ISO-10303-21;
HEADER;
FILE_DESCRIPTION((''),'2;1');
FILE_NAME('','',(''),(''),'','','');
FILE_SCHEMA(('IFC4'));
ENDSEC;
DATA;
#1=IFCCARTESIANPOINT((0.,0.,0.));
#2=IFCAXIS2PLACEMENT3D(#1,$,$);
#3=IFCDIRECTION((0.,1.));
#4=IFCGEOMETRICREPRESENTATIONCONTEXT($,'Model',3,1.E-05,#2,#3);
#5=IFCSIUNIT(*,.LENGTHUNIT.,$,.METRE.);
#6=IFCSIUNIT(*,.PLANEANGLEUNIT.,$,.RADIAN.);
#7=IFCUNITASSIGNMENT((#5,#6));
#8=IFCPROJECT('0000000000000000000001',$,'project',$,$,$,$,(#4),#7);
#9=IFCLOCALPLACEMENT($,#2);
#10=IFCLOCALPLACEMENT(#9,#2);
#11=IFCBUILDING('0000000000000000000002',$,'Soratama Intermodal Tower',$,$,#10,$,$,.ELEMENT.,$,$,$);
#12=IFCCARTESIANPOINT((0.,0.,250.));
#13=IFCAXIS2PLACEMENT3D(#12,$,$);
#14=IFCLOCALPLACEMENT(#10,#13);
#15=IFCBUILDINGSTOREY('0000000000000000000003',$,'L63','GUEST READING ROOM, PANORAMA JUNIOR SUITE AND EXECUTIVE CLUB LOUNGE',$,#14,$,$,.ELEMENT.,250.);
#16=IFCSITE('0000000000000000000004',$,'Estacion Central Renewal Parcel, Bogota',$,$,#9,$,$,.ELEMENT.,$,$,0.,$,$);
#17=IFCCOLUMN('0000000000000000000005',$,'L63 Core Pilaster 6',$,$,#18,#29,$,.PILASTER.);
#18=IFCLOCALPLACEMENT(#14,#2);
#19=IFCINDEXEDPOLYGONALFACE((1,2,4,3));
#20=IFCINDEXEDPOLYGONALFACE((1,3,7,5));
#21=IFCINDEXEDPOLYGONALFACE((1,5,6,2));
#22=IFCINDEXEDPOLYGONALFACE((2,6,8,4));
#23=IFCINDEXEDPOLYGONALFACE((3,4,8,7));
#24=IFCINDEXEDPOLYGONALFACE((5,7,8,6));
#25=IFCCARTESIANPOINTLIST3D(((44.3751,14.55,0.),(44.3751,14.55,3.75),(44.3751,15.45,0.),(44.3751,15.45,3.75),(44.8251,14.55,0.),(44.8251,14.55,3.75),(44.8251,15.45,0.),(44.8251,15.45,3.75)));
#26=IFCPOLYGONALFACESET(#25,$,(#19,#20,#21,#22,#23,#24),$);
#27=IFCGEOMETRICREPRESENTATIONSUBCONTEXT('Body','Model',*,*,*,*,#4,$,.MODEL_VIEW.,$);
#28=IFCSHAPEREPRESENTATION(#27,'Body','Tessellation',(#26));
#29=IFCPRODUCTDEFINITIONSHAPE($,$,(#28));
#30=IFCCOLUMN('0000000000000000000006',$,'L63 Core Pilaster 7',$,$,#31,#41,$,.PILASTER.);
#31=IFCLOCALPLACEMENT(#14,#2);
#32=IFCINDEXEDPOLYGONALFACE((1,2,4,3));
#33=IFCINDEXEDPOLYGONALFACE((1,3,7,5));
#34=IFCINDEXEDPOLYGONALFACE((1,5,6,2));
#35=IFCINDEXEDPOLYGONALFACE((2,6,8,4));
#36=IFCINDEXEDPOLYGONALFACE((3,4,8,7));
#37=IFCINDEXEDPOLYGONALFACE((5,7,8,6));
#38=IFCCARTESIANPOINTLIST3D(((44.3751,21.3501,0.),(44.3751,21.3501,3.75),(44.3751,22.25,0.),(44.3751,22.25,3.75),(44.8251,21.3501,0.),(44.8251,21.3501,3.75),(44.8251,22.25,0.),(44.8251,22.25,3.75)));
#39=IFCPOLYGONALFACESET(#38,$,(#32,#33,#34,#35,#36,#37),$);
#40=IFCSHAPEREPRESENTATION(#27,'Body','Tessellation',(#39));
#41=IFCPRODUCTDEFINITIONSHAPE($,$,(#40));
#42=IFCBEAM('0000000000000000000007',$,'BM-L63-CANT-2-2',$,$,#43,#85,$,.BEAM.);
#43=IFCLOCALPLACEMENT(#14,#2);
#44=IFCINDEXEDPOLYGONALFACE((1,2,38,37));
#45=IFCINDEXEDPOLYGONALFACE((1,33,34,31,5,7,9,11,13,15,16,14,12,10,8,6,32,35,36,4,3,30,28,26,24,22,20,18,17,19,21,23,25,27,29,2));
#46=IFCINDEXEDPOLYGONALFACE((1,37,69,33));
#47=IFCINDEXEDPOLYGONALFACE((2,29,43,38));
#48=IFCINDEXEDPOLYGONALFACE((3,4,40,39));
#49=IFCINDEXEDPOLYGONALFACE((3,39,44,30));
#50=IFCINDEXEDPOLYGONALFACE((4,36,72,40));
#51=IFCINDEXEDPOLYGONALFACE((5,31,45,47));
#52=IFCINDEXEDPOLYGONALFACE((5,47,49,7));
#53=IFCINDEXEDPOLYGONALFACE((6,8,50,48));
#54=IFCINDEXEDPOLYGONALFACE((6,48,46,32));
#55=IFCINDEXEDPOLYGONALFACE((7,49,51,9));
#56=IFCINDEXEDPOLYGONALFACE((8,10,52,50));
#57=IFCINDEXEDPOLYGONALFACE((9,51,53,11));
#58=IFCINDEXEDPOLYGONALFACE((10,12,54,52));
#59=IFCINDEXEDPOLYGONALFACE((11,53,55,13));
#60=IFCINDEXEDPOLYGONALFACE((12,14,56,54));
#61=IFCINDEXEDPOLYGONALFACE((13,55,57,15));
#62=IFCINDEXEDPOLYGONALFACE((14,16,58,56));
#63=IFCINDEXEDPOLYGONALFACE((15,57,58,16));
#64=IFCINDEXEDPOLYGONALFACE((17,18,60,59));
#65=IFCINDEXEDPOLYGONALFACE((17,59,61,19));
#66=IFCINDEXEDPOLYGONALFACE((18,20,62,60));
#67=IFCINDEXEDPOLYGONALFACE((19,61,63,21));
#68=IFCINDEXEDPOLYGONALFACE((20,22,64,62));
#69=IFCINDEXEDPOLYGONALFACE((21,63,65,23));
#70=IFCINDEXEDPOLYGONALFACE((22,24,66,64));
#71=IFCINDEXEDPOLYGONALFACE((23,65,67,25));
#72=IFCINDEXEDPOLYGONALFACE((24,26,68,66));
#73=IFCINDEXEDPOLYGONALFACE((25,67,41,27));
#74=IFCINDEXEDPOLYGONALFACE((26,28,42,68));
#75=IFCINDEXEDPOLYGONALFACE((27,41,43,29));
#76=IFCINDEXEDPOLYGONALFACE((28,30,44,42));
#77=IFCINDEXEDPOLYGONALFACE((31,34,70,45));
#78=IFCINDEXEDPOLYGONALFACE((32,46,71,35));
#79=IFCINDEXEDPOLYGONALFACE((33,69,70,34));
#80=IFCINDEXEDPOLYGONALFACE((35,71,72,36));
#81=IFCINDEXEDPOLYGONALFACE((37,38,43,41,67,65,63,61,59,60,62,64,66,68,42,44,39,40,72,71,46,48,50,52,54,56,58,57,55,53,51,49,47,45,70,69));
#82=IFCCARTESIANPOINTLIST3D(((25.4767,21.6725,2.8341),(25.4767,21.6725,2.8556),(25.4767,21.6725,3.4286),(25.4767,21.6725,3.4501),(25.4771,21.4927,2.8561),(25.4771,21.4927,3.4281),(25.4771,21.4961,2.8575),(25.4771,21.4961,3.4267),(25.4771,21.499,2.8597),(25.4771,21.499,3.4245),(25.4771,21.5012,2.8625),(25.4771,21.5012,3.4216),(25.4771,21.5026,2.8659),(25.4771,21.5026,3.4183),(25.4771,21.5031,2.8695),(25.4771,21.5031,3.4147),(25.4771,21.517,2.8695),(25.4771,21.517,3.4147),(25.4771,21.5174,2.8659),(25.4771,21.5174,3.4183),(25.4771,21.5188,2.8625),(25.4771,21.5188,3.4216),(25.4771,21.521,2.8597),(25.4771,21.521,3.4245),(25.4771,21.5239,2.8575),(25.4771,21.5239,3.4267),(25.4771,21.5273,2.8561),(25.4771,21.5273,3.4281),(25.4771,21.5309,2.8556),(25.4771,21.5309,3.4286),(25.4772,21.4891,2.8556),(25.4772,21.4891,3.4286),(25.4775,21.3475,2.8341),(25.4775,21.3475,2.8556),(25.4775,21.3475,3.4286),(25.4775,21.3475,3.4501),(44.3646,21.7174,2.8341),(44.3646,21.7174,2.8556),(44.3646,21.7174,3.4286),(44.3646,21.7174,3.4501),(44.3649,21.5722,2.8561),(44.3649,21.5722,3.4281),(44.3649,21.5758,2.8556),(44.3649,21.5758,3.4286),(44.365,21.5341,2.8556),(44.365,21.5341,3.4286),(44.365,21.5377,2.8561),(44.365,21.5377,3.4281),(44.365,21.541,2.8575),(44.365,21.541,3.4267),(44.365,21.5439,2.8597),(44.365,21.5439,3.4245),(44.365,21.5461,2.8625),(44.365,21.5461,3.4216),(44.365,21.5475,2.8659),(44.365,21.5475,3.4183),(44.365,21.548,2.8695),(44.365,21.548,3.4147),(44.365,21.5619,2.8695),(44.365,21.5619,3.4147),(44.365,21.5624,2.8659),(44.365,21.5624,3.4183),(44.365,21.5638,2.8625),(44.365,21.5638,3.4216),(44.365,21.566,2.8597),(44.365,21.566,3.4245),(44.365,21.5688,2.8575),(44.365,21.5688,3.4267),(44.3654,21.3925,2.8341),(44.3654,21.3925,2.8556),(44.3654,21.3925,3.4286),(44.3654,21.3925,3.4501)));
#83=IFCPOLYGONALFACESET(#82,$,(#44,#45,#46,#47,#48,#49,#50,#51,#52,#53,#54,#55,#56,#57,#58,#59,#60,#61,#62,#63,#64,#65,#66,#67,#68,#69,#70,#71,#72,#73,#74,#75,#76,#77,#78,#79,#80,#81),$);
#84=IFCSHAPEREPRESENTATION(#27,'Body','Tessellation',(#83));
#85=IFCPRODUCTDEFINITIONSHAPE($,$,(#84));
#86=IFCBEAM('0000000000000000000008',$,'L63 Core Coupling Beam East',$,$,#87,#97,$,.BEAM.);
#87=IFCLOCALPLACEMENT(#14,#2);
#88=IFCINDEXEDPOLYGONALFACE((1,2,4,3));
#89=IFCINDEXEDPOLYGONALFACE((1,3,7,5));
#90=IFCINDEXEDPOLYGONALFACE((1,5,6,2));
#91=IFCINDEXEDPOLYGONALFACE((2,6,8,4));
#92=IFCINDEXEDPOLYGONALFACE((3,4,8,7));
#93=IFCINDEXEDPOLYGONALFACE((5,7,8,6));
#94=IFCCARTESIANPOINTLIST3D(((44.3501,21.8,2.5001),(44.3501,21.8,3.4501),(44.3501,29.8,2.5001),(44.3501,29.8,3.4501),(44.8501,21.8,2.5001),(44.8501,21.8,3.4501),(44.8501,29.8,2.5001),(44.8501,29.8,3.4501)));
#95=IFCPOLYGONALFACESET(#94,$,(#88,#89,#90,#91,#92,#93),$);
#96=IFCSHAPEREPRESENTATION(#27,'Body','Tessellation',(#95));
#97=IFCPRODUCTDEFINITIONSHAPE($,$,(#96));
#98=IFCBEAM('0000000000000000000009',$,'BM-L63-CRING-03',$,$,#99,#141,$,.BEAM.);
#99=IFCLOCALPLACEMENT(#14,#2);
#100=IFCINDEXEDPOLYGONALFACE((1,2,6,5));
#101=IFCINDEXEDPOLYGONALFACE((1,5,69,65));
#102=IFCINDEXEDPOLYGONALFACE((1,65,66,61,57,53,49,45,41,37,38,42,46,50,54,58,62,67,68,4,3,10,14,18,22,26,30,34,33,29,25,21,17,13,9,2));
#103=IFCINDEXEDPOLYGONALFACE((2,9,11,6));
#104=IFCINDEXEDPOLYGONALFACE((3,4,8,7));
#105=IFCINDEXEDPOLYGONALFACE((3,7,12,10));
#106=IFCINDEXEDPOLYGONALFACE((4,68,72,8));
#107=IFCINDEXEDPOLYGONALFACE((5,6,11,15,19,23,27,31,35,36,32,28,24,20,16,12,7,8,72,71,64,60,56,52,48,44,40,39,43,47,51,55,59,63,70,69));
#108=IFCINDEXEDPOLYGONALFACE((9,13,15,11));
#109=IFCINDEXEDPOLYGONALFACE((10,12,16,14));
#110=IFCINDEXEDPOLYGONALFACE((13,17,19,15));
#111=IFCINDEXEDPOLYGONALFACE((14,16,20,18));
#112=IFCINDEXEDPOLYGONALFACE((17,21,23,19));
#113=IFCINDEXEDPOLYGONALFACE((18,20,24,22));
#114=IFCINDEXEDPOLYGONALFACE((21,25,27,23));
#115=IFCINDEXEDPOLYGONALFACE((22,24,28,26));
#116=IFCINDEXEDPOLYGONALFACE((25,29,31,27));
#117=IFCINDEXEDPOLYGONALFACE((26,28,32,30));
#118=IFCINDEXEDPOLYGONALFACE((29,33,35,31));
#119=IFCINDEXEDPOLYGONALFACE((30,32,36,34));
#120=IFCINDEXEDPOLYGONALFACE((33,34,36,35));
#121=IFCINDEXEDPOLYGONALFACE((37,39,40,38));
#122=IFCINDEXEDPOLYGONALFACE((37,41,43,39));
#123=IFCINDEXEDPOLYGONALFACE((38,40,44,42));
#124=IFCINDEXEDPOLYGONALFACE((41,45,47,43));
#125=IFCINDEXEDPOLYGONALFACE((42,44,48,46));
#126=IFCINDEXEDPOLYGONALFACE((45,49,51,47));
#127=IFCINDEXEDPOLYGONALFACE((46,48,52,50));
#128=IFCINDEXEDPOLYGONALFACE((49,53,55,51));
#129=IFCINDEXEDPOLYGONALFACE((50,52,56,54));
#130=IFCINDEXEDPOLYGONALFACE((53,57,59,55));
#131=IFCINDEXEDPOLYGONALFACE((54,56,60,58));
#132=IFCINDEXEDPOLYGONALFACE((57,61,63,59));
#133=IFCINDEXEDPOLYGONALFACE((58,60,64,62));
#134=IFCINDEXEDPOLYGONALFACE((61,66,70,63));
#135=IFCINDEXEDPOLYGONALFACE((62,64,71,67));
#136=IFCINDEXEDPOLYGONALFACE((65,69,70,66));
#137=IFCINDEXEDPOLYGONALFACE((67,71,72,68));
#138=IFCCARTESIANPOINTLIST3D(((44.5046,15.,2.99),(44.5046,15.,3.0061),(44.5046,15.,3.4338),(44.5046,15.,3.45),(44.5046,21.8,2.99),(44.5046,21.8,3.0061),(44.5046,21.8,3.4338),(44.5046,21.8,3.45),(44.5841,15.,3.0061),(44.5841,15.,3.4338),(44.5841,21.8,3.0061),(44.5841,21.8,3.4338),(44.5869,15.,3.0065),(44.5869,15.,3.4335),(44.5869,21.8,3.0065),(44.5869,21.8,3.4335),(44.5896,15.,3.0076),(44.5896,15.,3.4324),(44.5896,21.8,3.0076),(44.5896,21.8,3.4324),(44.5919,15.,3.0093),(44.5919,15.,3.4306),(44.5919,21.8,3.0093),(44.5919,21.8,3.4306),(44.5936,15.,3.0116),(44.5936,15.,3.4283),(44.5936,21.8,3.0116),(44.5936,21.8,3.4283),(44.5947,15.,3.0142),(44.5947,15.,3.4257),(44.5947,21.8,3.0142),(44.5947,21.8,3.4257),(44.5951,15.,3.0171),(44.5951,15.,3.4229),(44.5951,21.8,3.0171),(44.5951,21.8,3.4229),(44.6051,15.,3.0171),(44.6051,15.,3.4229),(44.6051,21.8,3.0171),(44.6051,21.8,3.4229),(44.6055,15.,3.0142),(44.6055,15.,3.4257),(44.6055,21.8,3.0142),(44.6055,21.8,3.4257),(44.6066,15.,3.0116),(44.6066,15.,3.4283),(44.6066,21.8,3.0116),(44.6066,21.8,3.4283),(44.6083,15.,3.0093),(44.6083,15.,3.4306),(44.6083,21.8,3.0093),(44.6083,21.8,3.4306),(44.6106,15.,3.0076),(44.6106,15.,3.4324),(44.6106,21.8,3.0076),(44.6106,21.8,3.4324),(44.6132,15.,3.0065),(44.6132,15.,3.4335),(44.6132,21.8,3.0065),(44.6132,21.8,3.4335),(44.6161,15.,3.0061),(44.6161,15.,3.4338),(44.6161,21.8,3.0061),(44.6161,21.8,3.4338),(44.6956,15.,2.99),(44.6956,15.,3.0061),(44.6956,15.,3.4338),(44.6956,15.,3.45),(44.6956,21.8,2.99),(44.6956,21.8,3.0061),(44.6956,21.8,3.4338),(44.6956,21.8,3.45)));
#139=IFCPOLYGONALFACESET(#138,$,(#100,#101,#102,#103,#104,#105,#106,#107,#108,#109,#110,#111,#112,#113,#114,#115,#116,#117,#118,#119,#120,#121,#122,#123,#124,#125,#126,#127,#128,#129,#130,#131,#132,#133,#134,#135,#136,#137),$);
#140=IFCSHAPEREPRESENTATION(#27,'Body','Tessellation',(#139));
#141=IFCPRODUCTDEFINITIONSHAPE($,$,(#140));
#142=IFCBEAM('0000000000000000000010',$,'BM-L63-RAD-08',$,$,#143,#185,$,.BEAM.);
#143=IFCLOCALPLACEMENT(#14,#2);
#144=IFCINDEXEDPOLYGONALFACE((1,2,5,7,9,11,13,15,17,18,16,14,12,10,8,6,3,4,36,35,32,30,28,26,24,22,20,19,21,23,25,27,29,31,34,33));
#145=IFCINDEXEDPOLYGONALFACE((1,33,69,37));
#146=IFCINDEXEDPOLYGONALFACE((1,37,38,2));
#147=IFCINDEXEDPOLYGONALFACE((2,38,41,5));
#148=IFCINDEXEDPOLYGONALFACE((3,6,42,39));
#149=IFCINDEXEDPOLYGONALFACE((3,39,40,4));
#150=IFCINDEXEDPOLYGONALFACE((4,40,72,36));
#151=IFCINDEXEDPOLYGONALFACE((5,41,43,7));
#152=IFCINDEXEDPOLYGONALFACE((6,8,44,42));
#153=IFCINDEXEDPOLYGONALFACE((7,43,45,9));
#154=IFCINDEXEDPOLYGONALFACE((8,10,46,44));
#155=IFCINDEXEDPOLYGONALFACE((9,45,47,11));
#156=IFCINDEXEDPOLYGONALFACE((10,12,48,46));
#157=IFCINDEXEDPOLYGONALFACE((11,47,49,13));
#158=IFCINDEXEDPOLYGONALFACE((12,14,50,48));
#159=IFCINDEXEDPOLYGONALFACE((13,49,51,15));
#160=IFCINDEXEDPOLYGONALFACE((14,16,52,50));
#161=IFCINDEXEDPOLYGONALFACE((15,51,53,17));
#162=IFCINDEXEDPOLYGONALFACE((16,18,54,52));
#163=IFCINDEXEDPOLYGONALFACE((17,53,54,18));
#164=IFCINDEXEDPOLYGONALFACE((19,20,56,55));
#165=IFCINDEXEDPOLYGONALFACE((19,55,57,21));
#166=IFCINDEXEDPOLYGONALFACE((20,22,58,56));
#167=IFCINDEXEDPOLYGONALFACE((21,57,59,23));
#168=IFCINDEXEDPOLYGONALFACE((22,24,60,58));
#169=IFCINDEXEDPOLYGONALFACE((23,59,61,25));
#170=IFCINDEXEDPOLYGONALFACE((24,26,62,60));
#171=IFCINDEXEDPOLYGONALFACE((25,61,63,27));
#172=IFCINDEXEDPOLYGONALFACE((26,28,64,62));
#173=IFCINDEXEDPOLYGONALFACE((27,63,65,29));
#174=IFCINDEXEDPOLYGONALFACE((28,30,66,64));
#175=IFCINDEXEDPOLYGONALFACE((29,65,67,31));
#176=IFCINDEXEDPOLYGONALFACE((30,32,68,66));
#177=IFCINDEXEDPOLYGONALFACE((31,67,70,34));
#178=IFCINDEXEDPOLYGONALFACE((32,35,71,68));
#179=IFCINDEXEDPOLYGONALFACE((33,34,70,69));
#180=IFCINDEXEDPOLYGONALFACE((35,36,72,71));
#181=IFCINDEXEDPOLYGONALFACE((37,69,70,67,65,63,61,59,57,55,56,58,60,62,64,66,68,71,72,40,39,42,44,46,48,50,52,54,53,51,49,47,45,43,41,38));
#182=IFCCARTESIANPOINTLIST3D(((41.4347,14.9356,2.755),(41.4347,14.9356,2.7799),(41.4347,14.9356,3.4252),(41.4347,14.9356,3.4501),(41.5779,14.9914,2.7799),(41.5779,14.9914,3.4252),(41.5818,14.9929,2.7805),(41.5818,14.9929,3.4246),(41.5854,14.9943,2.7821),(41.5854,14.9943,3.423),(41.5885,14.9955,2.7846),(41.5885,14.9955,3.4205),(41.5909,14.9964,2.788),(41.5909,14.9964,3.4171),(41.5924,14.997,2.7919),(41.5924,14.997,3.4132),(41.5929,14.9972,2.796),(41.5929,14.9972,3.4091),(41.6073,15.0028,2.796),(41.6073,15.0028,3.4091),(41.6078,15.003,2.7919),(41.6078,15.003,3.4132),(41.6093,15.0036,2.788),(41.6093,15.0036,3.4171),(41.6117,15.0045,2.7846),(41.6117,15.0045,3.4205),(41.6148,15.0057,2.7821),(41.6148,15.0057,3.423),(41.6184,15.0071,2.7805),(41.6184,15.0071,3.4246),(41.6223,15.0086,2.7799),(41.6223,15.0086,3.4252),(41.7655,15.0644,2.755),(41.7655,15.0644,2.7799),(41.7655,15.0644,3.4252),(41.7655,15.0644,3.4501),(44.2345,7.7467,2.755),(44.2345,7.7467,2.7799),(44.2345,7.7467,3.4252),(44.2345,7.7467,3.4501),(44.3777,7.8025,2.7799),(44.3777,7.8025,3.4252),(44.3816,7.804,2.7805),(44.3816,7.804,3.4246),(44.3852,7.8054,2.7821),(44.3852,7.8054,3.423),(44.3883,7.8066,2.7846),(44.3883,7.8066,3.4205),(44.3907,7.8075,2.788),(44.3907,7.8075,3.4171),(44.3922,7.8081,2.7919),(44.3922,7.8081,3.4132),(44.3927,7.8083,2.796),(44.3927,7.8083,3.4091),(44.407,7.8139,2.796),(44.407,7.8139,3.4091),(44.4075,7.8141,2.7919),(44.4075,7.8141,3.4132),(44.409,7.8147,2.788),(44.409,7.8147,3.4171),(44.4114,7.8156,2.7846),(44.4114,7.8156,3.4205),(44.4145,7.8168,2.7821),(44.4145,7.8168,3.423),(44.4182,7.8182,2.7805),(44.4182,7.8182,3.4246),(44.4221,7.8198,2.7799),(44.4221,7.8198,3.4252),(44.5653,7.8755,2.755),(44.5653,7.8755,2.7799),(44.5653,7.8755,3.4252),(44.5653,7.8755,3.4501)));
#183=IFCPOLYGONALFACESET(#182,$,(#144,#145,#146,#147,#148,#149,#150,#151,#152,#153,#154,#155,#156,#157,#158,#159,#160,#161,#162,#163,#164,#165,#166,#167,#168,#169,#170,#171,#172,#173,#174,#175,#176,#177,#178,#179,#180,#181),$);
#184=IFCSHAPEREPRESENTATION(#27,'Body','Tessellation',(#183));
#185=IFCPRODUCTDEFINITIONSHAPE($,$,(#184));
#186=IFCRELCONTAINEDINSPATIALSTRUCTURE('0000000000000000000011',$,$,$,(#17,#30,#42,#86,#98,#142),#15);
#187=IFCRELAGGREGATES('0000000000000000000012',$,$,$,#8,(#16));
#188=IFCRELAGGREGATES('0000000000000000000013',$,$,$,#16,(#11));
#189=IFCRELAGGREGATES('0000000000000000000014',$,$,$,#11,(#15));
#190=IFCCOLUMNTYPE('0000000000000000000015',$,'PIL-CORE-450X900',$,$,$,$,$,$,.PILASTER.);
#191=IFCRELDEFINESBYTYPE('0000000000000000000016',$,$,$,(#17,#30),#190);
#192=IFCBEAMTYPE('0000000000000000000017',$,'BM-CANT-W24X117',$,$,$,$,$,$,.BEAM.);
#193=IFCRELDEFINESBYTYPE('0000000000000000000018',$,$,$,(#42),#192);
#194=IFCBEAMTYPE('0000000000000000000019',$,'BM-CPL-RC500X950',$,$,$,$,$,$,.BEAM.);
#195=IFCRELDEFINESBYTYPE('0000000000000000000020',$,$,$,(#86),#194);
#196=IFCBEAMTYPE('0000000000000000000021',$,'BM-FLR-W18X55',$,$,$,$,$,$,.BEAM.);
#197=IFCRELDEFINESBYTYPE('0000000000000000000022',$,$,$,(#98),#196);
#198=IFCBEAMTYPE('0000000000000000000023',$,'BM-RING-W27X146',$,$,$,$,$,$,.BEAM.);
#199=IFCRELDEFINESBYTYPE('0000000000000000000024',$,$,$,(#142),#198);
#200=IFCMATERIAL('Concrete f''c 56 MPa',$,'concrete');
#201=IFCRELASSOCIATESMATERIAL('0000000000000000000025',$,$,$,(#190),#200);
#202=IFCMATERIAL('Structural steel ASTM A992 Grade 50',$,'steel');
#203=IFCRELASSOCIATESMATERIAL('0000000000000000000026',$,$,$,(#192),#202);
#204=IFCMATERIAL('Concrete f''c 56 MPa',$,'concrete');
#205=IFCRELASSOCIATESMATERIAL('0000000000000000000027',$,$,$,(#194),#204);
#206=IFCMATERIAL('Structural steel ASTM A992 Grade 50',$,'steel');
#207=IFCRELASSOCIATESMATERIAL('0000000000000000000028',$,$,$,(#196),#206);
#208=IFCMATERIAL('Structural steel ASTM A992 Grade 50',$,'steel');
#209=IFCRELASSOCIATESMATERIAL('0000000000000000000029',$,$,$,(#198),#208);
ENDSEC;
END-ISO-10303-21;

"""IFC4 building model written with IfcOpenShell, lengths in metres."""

from ifc_helpers import new_model, si_unit, direction, frame, origin, origin_2d, place, context, subcontext, project, spatial, rectangle, i_section, extrude, material, material_profile, profile_set, type_object, element, save


model = new_model("IFC4")

# Units and contexts
model_context = context("Model", 3, precision=1e-05, world=origin(), true_north=direction((0.0, 1.0)))
body_context = subcontext(model_context, "Body", "Model", "MODEL_VIEW")
ifc_project = project(units=[si_unit("LENGTHUNIT", "METRE"), si_unit("PLANEANGLEUNIT", "RADIAN")], contexts=[model_context])

# Site, building, storey
site_placement = place(None, origin())
site = spatial("IfcSite", under=ifc_project, at=site_placement, Name="Estacion Central Renewal Parcel, Bogota", CompositionType="ELEMENT", RefElevation=0.0)
building_placement = place(site_placement, origin())
building = spatial("IfcBuilding", under=site, at=building_placement, Name="Soratama Intermodal Tower", CompositionType="ELEMENT")
storey_placement = place(building_placement, frame((0.0, 0.0, 250.0)))
storey = spatial("IfcBuildingStorey", under=building, at=storey_placement, Name="L63", Description="GUEST READING ROOM, PANORAMA JUNIOR SUITE AND EXECUTIVE CLUB LOUNGE", CompositionType="ELEMENT", Elevation=250.0)

# Columns
ifc_material_1 = material(Name="Concrete f'c 56 MPa", Category="concrete")
ifc_material_profile_1 = material_profile(ifc_material_1, rectangle(XDim=0.45, YDim=0.8999, at=origin_2d()), Name="RC450X900")
ifc_profile_set_1 = profile_set([ifc_material_profile_1], Name="Concrete f'c 56 MPa")
column_type = type_object("IfcColumnType", Name="PIL-CORE-450X900", PredefinedType="PILASTER", material=ifc_profile_set_1)
for number, where, z_axis, x_axis, name in (
    (1, (44.6001, 15.0, 0.0), (0.0, 0.0, 1.0), (1.0, 0.0, 0.0), "L63 Core Pilaster 6"),
    (2, (44.6001, 21.8, 0.0), (0.0, 0.0, 1.0), (1.0, 0.0, 0.0), "L63 Core Pilaster 7"),
):
    element("IfcColumn", number, at=place(storey_placement, frame(where, z_axis=z_axis, x_axis=x_axis)), inside=storey, type_object=column_type, Name=name, PredefinedType="PILASTER", context=body_context, shape_type="SweptSolid", body=[
        extrude(rectangle(XDim=0.45, YDim=0.8999, at=origin_2d()), origin(), (0.0, 0.0, 1.0), 3.75),
    ])

# Beams
ifc_material_2 = material(Name="Structural steel ASTM A992 Grade 50", Category="steel")
ifc_material_profile_2 = material_profile(ifc_material_2, i_section(OverallWidth=0.325, OverallDepth=0.616, WebThickness=0.0139, FlangeThickness=0.0215, FilletRadius=0.0139, at=origin_2d()), Name="W24X117")
ifc_profile_set_2 = profile_set([ifc_material_profile_2], Name="Structural steel ASTM A992 Grade 50")
beam_type_1 = type_object("IfcBeamType", Name="BM-CANT-W24X117", PredefinedType="BEAM", material=ifc_profile_set_2)
beam_1_placement = place(storey_placement, frame((44.365, 21.5549, 3.1421), z_axis=(-0.999997, -0.002378, 0.0), x_axis=(0.002378, -0.999997, 0.0)))
element("IfcBeam", 3, at=beam_1_placement, inside=storey, type_object=beam_type_1, Name="BM-L63-CANT-2-2", PredefinedType="BEAM", context=body_context, shape_type="SweptSolid", body=[
    extrude(i_section(OverallWidth=0.325, OverallDepth=0.616, WebThickness=0.0139, FlangeThickness=0.0215, FilletRadius=0.0139, at=origin_2d()), origin(), (0.0, 0.0, 1.0), 18.8879),
])
ifc_material_3 = material(Name="Concrete f'c 56 MPa", Category="concrete")
ifc_material_profile_3 = material_profile(ifc_material_3, rectangle(XDim=0.5, YDim=0.95, at=origin_2d()), Name="RC500X950")
ifc_profile_set_3 = profile_set([ifc_material_profile_3], Name="Concrete f'c 56 MPa")
beam_type_2 = type_object("IfcBeamType", Name="BM-CPL-RC500X950", PredefinedType="BEAM", material=ifc_profile_set_3)
beam_2_placement = place(storey_placement, frame((44.6001, 21.8, 2.9751), z_axis=(0.0, 1.0, 0.0), x_axis=(-1.0, 0.0, 0.0)))
element("IfcBeam", 4, at=beam_2_placement, inside=storey, type_object=beam_type_2, Name="L63 Core Coupling Beam East", PredefinedType="BEAM", context=body_context, shape_type="SweptSolid", body=[
    extrude(rectangle(XDim=0.5, YDim=0.95, at=origin_2d()), origin(), (0.0, 0.0, 1.0), 8.0),
])
ifc_material_4 = material(Name="Structural steel ASTM A992 Grade 50", Category="steel")
ifc_material_profile_4 = material_profile(ifc_material_4, i_section(OverallWidth=0.1909, OverallDepth=0.46, WebThickness=0.01, FlangeThickness=0.0161, FilletRadius=0.011, at=origin_2d()), Name="W18X55")
ifc_profile_set_4 = profile_set([ifc_material_profile_4], Name="Structural steel ASTM A992 Grade 50")
beam_type_3 = type_object("IfcBeamType", Name="BM-FLR-W18X55", PredefinedType="BEAM", material=ifc_profile_set_4)
beam_3_placement = place(storey_placement, frame((44.6001, 15.0, 3.22), z_axis=(0.0, 1.0, 0.0), x_axis=(-1.0, 0.0, 0.0)))
element("IfcBeam", 5, at=beam_3_placement, inside=storey, type_object=beam_type_3, Name="BM-L63-CRING-03", PredefinedType="BEAM", context=body_context, shape_type="SweptSolid", body=[
    extrude(i_section(OverallWidth=0.1909, OverallDepth=0.46, WebThickness=0.01, FlangeThickness=0.0161, FilletRadius=0.011, at=origin_2d()), origin(), (0.0, 0.0, 1.0), 6.8),
])
ifc_material_5 = material(Name="Structural steel ASTM A992 Grade 50", Category="steel")
ifc_material_profile_5 = material_profile(ifc_material_5, i_section(OverallWidth=0.355, OverallDepth=0.6951, WebThickness=0.0154, FlangeThickness=0.0249, FilletRadius=0.0161, at=origin_2d()), Name="W27X146")
ifc_profile_set_5 = profile_set([ifc_material_profile_5], Name="Structural steel ASTM A992 Grade 50")
beam_type_4 = type_object("IfcBeamType", Name="BM-RING-W27X146", PredefinedType="BEAM", material=ifc_profile_set_5)
beam_4_placement = place(storey_placement, frame((41.6001, 15.0, 3.1025), z_axis=(0.362907, -0.931825, 0.0), x_axis=(0.931825, 0.362907, 0.0)))
element("IfcBeam", 6, at=beam_4_placement, inside=storey, type_object=beam_type_4, Name="BM-L63-RAD-08", PredefinedType="BEAM", context=body_context, shape_type="SweptSolid", body=[
    extrude(i_section(OverallWidth=0.355, OverallDepth=0.6951, WebThickness=0.0154, FlangeThickness=0.0249, FilletRadius=0.0161, at=origin_2d()), origin(), (0.0, 0.0, 1.0), 7.7148),
])

save(model, "model.ifc")
